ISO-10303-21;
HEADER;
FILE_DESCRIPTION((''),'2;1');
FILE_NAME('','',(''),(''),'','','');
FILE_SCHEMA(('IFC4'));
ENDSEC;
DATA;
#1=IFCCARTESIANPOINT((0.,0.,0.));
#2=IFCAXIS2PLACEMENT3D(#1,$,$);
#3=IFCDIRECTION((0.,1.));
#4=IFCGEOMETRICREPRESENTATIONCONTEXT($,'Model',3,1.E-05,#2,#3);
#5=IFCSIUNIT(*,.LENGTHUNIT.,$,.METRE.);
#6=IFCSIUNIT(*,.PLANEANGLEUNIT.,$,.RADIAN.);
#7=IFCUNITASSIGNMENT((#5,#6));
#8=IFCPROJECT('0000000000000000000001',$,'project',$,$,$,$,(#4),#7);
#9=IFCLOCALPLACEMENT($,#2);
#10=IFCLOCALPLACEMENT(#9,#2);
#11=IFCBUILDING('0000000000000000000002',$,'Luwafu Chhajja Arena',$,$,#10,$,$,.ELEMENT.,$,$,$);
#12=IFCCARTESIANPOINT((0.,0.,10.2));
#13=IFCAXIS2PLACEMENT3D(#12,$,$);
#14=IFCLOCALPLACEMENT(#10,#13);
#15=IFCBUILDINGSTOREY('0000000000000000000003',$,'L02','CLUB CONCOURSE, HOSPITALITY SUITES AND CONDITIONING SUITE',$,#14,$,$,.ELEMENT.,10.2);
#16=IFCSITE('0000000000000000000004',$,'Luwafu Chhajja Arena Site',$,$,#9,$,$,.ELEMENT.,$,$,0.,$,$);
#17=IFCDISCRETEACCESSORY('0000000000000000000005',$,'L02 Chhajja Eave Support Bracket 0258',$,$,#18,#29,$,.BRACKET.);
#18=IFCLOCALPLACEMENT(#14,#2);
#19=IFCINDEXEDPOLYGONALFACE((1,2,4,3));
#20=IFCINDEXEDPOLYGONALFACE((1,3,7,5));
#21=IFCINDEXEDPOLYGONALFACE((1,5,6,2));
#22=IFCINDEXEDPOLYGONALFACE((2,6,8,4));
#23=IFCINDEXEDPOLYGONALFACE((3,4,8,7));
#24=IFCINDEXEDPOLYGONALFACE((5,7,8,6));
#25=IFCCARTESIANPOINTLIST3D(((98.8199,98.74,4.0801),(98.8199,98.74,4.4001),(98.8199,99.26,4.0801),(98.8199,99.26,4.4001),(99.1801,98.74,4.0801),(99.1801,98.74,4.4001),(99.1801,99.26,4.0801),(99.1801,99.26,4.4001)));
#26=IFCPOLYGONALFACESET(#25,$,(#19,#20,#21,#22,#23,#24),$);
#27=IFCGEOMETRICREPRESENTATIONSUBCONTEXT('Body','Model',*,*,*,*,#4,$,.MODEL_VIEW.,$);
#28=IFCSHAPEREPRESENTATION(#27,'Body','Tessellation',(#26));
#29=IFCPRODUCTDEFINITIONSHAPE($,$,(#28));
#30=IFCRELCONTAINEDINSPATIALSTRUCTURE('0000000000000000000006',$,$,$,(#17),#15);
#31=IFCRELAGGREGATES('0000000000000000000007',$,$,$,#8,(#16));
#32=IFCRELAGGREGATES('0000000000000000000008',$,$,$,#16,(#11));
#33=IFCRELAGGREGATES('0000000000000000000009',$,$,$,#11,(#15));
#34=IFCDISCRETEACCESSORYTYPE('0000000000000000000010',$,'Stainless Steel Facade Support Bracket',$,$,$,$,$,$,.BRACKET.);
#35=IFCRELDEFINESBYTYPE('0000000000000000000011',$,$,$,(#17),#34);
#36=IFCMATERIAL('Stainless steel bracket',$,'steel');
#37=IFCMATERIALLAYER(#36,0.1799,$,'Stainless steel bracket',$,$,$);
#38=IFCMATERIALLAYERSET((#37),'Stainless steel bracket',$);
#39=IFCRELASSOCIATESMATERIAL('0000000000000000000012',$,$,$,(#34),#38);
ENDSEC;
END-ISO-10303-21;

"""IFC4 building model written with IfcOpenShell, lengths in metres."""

from ifc_helpers import new_model, si_unit, direction, frame, origin, origin_2d, place, context, subcontext, project, spatial, rectangle, extrude, material, layer, layer_set, type_object, element, save


model = new_model("IFC4")

# Units and contexts
model_context = context("Model", 3, precision=1e-05, world=origin(), true_north=direction((0.0, 1.0)))
body_context = subcontext(model_context, "Body", "Model", "MODEL_VIEW")
ifc_project = project(units=[si_unit("LENGTHUNIT", "METRE"), si_unit("PLANEANGLEUNIT", "RADIAN")], contexts=[model_context])

# Site, building, storey
site_placement = place(None, origin())
site = spatial("IfcSite", under=ifc_project, at=site_placement, Name="Luwafu Chhajja Arena Site", CompositionType="ELEMENT", RefElevation=0.0)
building_placement = place(site_placement, origin())
building = spatial("IfcBuilding", under=site, at=building_placement, Name="Luwafu Chhajja Arena", CompositionType="ELEMENT")
storey_placement = place(building_placement, frame((0.0, 0.0, 10.2)))
storey = spatial("IfcBuildingStorey", under=building, at=storey_placement, Name="L02", Description="CLUB CONCOURSE, HOSPITALITY SUITES AND CONDITIONING SUITE", CompositionType="ELEMENT", Elevation=10.2)

# Discrete accessory
ifc_material_1 = material(Name="Stainless steel bracket", Category="steel")
ifc_layer_1 = layer(ifc_material_1, 0.1799, Name="Stainless steel bracket")
ifc_layer_set_1 = layer_set([ifc_layer_1], Name="Stainless steel bracket")
discrete_accessory_type = type_object("IfcDiscreteAccessoryType", Name="Stainless Steel Facade Support Bracket", PredefinedType="BRACKET", material=ifc_layer_set_1)
for number, where, z_axis, x_axis, name in (
    (1, (99.0, 99.0, 4.0801), (0.0, 0.0, 1.0), (1.0, 0.0, 0.0), "L02 Chhajja Eave Support Bracket 0258"),
):
    element("IfcDiscreteAccessory", number, at=place(storey_placement, frame(where, z_axis=z_axis, x_axis=x_axis)), inside=storey, type_object=discrete_accessory_type, Name=name, PredefinedType="BRACKET", context=body_context, shape_type="SweptSolid", body=[
        extrude(rectangle(XDim=0.3601, YDim=0.52, at=origin_2d()), origin(), (0.0, 0.0, 1.0), 0.3201),
    ])

save(model, "model.ifc")
